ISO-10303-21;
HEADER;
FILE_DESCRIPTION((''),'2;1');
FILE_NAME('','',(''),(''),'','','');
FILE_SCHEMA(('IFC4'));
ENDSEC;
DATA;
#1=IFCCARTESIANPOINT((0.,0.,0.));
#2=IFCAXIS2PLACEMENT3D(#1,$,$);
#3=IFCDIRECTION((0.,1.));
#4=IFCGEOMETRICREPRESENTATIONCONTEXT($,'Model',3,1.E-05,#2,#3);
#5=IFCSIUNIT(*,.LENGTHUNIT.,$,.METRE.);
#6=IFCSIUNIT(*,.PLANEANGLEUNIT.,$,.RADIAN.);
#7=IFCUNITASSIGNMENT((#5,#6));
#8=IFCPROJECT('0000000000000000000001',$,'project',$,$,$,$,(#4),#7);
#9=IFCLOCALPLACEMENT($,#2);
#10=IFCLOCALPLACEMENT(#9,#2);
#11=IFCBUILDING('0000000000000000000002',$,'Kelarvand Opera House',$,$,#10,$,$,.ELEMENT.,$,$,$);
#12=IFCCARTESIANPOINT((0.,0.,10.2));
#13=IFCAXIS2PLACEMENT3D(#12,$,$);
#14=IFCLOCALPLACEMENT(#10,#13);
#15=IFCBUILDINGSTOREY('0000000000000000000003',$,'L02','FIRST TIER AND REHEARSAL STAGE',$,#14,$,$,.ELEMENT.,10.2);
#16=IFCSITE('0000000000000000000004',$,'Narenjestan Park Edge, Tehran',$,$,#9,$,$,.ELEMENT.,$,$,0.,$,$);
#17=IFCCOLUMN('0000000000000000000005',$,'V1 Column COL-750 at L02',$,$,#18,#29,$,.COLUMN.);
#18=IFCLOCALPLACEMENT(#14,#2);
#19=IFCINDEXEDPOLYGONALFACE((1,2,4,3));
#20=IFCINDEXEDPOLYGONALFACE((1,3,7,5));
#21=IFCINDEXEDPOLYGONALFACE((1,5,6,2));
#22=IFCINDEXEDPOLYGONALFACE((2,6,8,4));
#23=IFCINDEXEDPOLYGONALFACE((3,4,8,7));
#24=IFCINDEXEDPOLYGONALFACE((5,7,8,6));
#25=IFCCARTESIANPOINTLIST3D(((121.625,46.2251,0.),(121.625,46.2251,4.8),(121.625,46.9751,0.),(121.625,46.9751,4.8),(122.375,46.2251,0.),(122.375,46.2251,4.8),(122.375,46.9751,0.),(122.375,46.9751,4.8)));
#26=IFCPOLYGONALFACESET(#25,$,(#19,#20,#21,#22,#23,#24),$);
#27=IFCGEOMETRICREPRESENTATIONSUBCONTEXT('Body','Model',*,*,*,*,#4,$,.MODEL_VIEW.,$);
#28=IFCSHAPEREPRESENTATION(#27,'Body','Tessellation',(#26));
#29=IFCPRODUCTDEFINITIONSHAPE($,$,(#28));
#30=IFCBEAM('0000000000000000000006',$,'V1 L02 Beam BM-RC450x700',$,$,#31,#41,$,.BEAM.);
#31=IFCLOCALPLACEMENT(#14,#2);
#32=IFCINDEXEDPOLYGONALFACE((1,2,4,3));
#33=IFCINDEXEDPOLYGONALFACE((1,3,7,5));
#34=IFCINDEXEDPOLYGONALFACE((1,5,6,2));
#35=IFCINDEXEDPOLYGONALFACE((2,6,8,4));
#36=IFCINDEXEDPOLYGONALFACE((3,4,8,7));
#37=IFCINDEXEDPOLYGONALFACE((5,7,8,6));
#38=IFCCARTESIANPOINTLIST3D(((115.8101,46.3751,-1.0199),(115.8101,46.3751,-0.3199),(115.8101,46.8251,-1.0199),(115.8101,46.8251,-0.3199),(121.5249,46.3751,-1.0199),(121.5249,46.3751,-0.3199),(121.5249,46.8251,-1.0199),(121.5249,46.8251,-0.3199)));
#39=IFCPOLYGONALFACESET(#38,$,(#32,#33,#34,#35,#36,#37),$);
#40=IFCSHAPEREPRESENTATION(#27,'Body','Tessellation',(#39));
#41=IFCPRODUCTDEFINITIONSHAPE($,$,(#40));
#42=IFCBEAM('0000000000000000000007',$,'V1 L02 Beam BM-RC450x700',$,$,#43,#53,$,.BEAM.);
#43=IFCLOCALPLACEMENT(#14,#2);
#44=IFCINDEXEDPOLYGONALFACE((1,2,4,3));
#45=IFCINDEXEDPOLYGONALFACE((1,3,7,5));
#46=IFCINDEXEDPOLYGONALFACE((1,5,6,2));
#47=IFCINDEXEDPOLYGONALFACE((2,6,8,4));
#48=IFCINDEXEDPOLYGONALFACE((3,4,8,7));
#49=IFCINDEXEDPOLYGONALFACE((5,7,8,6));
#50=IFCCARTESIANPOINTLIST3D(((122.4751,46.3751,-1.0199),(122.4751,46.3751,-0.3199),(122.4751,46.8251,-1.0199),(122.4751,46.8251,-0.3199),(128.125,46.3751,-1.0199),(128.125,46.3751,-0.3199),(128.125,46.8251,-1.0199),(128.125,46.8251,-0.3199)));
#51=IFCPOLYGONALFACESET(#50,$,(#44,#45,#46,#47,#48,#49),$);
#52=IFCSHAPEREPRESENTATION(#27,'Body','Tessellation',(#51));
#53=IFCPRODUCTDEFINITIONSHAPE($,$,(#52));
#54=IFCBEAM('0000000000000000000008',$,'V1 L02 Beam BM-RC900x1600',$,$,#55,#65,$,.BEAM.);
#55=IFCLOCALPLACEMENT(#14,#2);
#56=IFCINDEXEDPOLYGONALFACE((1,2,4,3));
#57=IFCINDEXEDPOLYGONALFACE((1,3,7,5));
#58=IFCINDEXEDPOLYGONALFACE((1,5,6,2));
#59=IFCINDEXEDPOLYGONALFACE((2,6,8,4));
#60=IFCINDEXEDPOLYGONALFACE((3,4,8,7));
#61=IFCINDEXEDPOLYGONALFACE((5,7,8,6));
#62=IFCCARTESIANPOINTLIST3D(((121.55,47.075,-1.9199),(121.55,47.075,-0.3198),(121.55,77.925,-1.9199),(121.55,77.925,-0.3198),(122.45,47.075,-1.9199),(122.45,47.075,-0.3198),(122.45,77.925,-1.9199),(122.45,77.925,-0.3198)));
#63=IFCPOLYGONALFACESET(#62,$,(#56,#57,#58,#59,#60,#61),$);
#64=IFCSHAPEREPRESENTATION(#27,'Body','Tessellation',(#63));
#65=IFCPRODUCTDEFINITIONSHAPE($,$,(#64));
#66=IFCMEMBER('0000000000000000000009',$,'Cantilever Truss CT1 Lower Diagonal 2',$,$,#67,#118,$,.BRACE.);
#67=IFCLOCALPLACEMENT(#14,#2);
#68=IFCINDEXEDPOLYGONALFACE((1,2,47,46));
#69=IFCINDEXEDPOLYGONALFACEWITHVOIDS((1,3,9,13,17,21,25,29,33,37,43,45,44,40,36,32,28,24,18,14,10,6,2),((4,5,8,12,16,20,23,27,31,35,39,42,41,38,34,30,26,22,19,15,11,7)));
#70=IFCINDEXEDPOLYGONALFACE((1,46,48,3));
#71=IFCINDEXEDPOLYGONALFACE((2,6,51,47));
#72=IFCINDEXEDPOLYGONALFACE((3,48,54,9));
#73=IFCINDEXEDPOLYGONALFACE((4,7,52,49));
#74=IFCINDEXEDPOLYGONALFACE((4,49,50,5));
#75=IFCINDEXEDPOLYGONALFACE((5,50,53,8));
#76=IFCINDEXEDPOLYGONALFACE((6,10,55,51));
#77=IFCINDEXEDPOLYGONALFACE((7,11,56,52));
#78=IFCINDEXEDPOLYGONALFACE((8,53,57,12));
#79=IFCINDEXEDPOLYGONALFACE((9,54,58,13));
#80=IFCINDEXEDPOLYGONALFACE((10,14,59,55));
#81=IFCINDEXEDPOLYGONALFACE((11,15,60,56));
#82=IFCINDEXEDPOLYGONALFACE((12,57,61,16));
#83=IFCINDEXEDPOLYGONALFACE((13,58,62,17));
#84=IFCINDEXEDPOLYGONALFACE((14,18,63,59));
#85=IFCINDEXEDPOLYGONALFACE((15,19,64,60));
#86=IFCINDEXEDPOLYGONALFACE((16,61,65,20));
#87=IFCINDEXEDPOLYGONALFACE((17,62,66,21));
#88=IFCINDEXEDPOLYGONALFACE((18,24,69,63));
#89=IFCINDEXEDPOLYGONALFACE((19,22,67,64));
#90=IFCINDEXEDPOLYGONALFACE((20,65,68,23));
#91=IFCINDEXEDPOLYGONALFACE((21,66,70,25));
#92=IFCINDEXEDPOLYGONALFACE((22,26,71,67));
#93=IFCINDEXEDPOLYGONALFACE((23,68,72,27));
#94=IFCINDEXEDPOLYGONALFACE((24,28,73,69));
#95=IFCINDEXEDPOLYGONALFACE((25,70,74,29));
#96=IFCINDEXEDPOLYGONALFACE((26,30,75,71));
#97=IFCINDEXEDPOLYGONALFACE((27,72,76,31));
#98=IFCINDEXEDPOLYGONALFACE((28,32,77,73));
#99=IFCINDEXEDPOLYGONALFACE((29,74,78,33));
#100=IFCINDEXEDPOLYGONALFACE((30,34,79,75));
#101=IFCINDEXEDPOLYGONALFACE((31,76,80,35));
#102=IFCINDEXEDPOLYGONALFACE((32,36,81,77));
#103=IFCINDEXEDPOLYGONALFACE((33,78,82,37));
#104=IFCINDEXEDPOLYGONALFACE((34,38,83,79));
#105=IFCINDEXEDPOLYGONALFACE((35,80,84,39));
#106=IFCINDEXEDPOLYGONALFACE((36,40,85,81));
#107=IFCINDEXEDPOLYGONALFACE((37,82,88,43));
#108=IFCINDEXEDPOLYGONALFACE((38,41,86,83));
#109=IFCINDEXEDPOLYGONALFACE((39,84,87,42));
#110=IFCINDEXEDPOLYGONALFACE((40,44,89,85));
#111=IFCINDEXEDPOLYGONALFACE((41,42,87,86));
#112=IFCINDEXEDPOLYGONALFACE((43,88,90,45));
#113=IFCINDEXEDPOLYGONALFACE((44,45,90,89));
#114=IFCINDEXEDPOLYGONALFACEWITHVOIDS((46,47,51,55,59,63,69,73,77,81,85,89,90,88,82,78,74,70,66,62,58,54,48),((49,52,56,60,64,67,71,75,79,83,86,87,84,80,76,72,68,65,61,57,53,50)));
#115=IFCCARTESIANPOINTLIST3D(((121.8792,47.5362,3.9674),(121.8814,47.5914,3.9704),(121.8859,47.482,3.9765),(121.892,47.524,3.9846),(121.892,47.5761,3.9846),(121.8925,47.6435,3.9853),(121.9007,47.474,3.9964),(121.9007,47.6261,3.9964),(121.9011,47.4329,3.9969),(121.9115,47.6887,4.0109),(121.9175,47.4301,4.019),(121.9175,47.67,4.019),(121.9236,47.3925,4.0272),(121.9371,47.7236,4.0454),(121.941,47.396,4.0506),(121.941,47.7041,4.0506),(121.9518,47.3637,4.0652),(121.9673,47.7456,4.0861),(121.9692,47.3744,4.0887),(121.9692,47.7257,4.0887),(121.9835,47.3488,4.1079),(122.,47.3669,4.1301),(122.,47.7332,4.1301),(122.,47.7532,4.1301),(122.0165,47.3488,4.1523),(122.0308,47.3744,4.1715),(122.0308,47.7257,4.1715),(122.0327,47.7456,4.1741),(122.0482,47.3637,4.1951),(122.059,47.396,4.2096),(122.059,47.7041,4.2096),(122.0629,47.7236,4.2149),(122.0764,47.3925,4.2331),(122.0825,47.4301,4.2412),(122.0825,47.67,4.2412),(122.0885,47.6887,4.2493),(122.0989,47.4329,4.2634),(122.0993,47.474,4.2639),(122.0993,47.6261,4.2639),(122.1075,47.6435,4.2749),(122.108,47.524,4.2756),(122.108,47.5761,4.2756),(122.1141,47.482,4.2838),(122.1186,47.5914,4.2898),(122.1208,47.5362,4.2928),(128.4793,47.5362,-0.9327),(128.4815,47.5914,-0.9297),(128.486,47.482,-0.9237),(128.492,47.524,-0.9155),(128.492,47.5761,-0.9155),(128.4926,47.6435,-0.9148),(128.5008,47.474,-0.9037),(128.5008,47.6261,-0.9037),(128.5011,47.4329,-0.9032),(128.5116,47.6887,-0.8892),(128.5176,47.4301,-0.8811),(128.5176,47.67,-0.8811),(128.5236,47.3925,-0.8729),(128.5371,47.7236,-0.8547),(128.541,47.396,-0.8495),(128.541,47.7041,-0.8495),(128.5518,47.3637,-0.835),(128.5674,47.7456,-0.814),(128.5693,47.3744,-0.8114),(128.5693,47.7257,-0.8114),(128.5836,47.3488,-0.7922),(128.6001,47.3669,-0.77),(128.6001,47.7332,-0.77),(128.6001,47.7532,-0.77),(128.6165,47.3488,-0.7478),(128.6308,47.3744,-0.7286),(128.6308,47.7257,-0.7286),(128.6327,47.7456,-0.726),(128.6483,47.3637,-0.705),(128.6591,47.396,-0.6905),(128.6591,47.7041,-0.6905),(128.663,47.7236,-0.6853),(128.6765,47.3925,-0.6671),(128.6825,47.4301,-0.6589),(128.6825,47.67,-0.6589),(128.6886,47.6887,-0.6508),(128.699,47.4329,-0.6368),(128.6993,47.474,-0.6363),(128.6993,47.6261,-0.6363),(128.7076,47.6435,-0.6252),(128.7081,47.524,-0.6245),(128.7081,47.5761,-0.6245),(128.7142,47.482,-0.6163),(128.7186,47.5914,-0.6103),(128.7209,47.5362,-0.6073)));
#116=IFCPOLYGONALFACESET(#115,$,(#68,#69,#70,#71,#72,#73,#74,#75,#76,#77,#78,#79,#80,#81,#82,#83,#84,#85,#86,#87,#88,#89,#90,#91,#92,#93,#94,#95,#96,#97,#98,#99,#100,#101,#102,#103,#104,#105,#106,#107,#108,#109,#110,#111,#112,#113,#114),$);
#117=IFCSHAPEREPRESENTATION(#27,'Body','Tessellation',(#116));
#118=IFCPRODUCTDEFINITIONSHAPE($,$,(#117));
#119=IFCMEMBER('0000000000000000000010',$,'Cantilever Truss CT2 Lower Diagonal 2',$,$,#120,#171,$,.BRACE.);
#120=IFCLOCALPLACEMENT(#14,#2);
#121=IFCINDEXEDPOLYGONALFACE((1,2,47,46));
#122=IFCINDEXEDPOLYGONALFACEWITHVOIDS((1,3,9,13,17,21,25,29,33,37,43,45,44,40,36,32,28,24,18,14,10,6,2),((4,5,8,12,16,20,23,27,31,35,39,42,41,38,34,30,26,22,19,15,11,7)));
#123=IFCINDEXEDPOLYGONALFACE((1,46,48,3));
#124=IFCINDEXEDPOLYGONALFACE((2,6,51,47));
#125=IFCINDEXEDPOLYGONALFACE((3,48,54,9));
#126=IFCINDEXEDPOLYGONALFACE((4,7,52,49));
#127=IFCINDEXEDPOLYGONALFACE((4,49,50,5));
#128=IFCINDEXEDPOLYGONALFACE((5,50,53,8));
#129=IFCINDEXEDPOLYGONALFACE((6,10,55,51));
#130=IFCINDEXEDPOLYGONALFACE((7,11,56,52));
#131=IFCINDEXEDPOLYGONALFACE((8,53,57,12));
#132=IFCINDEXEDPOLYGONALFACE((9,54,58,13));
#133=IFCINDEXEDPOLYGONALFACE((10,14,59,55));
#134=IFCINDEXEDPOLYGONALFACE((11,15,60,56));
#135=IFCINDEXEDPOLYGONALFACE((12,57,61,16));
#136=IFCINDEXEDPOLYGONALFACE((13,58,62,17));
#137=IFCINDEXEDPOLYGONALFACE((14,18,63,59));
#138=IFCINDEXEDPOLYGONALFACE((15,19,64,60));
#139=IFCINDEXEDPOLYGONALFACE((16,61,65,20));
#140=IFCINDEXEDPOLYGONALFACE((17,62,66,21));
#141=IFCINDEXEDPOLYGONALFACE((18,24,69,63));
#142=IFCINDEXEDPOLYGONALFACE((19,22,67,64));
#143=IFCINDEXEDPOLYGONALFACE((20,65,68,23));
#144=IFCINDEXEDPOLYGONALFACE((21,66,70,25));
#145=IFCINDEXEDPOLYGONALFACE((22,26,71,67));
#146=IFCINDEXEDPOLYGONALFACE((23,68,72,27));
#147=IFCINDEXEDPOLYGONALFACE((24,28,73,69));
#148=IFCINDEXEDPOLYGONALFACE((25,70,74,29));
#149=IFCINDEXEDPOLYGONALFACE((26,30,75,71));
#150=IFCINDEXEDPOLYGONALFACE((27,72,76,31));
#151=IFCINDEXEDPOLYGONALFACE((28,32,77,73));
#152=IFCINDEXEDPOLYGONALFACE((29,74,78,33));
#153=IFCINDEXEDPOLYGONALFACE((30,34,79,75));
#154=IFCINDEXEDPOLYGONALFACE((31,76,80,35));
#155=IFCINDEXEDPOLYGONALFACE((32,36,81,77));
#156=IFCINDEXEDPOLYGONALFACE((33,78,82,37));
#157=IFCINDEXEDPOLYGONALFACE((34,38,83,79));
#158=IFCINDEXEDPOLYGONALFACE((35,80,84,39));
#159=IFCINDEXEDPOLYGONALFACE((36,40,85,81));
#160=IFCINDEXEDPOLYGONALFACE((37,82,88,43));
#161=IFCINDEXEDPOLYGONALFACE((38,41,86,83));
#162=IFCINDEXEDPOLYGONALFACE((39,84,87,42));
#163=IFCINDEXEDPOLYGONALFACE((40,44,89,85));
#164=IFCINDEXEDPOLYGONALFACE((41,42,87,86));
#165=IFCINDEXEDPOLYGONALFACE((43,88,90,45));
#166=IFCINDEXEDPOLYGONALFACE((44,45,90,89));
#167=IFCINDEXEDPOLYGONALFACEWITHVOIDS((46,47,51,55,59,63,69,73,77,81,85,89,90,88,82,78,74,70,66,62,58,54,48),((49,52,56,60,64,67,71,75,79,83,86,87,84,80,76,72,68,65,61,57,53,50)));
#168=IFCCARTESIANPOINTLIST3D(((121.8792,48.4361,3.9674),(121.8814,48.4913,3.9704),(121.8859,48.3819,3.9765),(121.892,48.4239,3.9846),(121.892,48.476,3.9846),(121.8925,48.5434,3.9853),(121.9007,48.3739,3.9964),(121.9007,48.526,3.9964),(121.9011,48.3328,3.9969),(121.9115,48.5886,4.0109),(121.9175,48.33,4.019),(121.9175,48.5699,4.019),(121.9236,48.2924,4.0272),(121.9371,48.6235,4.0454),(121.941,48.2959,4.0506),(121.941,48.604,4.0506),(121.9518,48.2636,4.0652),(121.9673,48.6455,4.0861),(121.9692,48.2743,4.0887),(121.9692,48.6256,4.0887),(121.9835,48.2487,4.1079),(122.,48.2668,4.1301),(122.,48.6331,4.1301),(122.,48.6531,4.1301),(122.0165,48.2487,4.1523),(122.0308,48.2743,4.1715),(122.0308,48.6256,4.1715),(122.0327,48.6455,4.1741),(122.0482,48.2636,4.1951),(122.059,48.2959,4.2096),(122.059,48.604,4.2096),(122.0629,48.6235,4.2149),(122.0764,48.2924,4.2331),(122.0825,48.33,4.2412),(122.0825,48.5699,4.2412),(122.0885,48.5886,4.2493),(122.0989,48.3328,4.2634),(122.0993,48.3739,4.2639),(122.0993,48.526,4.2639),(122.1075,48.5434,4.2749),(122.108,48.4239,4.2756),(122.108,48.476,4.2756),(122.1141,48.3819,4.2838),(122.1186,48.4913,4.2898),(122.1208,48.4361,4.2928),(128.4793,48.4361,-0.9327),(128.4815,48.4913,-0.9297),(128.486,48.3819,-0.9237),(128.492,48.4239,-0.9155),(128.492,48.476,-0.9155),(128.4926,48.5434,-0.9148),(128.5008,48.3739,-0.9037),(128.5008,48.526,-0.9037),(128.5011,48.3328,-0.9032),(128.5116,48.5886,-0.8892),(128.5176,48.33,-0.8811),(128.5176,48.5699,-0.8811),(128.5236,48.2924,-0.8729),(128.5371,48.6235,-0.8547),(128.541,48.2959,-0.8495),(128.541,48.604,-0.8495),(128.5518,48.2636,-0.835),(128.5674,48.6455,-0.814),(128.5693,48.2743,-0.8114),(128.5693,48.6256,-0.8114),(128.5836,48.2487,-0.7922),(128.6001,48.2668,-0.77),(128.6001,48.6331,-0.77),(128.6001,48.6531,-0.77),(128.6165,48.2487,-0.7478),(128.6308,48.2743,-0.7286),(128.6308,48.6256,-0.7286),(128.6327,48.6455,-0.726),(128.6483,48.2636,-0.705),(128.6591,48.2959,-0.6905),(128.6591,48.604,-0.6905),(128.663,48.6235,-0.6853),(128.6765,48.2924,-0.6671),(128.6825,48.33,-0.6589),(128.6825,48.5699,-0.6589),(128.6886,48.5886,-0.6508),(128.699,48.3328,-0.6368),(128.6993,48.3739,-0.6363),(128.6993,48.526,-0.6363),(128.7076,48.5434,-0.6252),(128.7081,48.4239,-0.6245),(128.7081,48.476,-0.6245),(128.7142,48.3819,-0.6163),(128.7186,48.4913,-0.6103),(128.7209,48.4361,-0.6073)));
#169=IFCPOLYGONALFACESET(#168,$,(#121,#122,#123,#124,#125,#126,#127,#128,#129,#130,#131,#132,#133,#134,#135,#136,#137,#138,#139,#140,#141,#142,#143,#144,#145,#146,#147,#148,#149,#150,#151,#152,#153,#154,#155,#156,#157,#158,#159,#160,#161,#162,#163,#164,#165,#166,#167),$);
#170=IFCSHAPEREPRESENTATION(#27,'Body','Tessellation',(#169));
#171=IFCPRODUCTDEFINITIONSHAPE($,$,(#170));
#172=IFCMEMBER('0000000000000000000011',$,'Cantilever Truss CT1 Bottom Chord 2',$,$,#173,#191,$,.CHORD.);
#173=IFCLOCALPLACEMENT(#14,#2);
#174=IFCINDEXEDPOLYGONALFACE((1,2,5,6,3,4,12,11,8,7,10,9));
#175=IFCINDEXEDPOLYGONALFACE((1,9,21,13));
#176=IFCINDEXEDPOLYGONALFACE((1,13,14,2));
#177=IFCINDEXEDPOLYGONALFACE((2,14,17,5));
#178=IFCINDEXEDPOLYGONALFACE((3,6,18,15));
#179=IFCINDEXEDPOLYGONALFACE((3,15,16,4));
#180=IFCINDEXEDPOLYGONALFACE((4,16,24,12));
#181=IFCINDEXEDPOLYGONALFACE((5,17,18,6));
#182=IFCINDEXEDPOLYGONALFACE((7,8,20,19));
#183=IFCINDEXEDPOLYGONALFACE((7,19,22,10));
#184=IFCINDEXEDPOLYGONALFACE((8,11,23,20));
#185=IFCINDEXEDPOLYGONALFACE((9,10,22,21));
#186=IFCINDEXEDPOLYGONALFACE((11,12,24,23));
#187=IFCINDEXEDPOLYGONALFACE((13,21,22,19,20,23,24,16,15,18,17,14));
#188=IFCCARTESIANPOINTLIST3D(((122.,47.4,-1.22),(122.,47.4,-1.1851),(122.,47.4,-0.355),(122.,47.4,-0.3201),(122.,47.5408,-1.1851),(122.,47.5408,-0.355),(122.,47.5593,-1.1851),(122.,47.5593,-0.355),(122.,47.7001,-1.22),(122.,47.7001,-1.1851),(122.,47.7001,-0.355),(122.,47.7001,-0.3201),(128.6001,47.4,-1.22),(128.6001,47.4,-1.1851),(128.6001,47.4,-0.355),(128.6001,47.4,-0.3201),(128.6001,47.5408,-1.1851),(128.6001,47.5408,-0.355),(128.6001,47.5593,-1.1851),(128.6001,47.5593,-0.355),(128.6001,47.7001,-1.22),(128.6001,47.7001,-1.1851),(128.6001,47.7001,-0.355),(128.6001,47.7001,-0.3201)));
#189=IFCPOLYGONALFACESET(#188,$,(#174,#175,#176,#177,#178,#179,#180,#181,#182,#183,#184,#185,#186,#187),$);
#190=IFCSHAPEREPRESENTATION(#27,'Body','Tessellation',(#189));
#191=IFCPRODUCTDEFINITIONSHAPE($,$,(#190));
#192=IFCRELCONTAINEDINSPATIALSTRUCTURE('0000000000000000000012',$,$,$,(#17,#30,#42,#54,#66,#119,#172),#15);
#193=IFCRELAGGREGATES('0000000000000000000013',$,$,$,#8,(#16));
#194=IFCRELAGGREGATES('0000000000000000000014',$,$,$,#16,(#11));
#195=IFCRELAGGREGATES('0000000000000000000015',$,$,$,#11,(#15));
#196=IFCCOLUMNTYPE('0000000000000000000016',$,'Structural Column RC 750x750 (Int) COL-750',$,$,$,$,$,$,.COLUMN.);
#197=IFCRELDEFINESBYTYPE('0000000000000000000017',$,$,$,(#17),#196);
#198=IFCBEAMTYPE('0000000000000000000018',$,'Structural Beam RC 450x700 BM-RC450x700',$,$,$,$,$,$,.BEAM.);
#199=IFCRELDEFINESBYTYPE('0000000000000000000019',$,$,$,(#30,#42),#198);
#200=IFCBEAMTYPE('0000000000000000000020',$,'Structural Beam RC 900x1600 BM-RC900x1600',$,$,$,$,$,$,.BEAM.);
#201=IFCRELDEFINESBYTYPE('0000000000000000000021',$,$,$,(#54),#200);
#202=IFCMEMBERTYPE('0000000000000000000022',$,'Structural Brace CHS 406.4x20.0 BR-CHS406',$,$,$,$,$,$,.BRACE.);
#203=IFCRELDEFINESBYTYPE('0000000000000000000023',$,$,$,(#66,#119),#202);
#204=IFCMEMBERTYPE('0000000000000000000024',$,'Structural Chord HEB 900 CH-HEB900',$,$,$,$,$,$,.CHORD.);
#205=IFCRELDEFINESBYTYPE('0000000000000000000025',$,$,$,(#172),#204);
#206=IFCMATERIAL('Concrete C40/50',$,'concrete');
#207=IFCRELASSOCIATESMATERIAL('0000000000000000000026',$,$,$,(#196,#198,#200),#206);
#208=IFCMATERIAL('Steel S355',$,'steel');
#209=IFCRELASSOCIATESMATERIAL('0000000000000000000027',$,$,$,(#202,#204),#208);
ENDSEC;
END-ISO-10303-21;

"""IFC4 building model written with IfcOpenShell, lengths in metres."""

from ifc_helpers import new_model, si_unit, direction, frame, origin, origin_2d, place, context, subcontext, project, spatial, rectangle, hollow_circle, i_section, extrude, material, material_profile, profile_set, type_object, element, save


model = new_model("IFC4")

# Units and contexts
model_context = context("Model", 3, precision=1e-05, world=origin(), true_north=direction((0.0, 1.0)))
body_context = subcontext(model_context, "Body", "Model", "MODEL_VIEW")
ifc_project = project(units=[si_unit("LENGTHUNIT", "METRE"), si_unit("PLANEANGLEUNIT", "RADIAN")], contexts=[model_context])

# Site, building, storey
site_placement = place(None, origin())
site = spatial("IfcSite", under=ifc_project, at=site_placement, Name="Narenjestan Park Edge, Tehran", CompositionType="ELEMENT", RefElevation=0.0)
building_placement = place(site_placement, origin())
building = spatial("IfcBuilding", under=site, at=building_placement, Name="Kelarvand Opera House", CompositionType="ELEMENT")
storey_placement = place(building_placement, frame((0.0, 0.0, 10.2)))
storey = spatial("IfcBuildingStorey", under=building, at=storey_placement, Name="L02", Description="FIRST TIER AND REHEARSAL STAGE", CompositionType="ELEMENT", Elevation=10.2)

# Column
ifc_material_1 = material(Name="Concrete C40/50", Category="concrete")
ifc_material_profile_1 = material_profile(ifc_material_1, rectangle(XDim=0.75, YDim=0.75, at=origin_2d()), Name="RC 750x750", Category="concrete")
ifc_profile_set_1 = profile_set([ifc_material_profile_1], Name="Concrete C40/50")
column_type = type_object("IfcColumnType", Name="Structural Column RC 750x750 (Int) COL-750", PredefinedType="COLUMN", material=ifc_profile_set_1)
column_placement = place(storey_placement, frame((122.0, 46.6001, 0.0), z_axis=(0.0, 0.0, 1.0), x_axis=(1.0, 0.0, 0.0)))
element("IfcColumn", 1, at=column_placement, inside=storey, type_object=column_type, Name="V1 Column COL-750 at L02", PredefinedType="COLUMN", context=body_context, shape_type="SweptSolid", body=[
    extrude(rectangle(XDim=0.75, YDim=0.75, at=origin_2d()), origin(), (0.0, 0.0, 1.0), 4.8),
])

# Beams
ifc_material_profile_2 = material_profile(ifc_material_1, rectangle(XDim=0.45, YDim=0.7, at=origin_2d()), Name="RC 450x700", Category="concrete")
ifc_profile_set_2 = profile_set([ifc_material_profile_2], Name="Concrete C40/50")
beam_type_1 = type_object("IfcBeamType", Name="Structural Beam RC 450x700 BM-RC450x700", PredefinedType="BEAM", material=ifc_profile_set_2)
beam_1_placement = place(storey_placement, frame((115.8101, 46.6001, -0.6699), z_axis=(1.0, 0.0, 0.0), x_axis=(0.0, 1.0, 0.0)))
element("IfcBeam", 2, at=beam_1_placement, inside=storey, type_object=beam_type_1, Name="V1 L02 Beam BM-RC450x700", PredefinedType="BEAM", context=body_context, shape_type="SweptSolid", body=[
    extrude(rectangle(XDim=0.45, YDim=0.7, at=origin_2d()), origin(), (0.0, 0.0, 1.0), 5.7148),
])
beam_2_placement = place(storey_placement, frame((122.4751, 46.6001, -0.6699), z_axis=(1.0, 0.0, 0.0), x_axis=(0.0, 1.0, 0.0)))
element("IfcBeam", 3, at=beam_2_placement, inside=storey, type_object=beam_type_1, Name="V1 L02 Beam BM-RC450x700", PredefinedType="BEAM", context=body_context, shape_type="SweptSolid", body=[
    extrude(rectangle(XDim=0.45, YDim=0.7, at=origin_2d()), origin(), (0.0, 0.0, 1.0), 5.6499),
])
ifc_material_profile_3 = material_profile(ifc_material_1, rectangle(XDim=0.8999, YDim=1.6001, at=origin_2d()), Name="RC 900x1600", Category="concrete")
ifc_profile_set_3 = profile_set([ifc_material_profile_3], Name="Concrete C40/50")
beam_type_2 = type_object("IfcBeamType", Name="Structural Beam RC 900x1600 BM-RC900x1600", PredefinedType="BEAM", material=ifc_profile_set_3)
beam_3_placement = place(storey_placement, frame((122.0, 47.075, -1.1199), z_axis=(0.0, 1.0, 0.0), x_axis=(-1.0, 0.0, 0.0)))
element("IfcBeam", 4, at=beam_3_placement, inside=storey, type_object=beam_type_2, Name="V1 L02 Beam BM-RC900x1600", PredefinedType="BEAM", context=body_context, shape_type="SweptSolid", body=[
    extrude(rectangle(XDim=0.8999, YDim=1.6001, at=origin_2d()), origin(), (0.0, 0.0, 1.0), 30.8501),
])

# Members
ifc_material_2 = material(Name="Steel S355", Category="steel")
ifc_material_profile_4 = material_profile(ifc_material_2, hollow_circle(Radius=0.2031, WallThickness=0.02, at=origin_2d()), Name="CHS 406.4x20.0", Category="steel")
ifc_profile_set_4 = profile_set([ifc_material_profile_4], Name="Steel S355")
member_type_1 = type_object("IfcMemberType", Name="Structural Brace CHS 406.4x20.0 BR-CHS406", PredefinedType="BRACE", material=ifc_profile_set_4)
for number, where, z_axis, x_axis, name in (
    (5, (122.0, 47.55, 4.1301), (0.802906, 0.0, -0.596106), (0.0, 1.0, 0.0), "Cantilever Truss CT1 Lower Diagonal 2"),
    (6, (122.0, 48.45, 4.1301), (0.802906, 0.0, -0.596106), (0.0, 1.0, 0.0), "Cantilever Truss CT2 Lower Diagonal 2"),
):
    element("IfcMember", number, at=place(storey_placement, frame(where, z_axis=z_axis, x_axis=x_axis)), inside=storey, type_object=member_type_1, Name=name, PredefinedType="BRACE", context=body_context, shape_type="SweptSolid", body=[
        extrude(hollow_circle(Radius=0.2031, WallThickness=0.02, at=origin_2d()), origin(), (0.0, 0.0, 1.0), 8.2202),
    ])
ifc_material_profile_5 = material_profile(ifc_material_2, i_section(OverallWidth=0.3, OverallDepth=0.8999, WebThickness=0.0186, FlangeThickness=0.0349, at=origin_2d()), Name="HEB 900", Category="steel")
ifc_profile_set_5 = profile_set([ifc_material_profile_5], Name="Steel S355")
member_type_2 = type_object("IfcMemberType", Name="Structural Chord HEB 900 CH-HEB900", PredefinedType="CHORD", material=ifc_profile_set_5)
for number, where, z_axis, x_axis, name in (
    (7, (122.0, 47.55, -0.77), (1.0, 0.0, 0.0), (0.0, 1.0, 0.0), "Cantilever Truss CT1 Bottom Chord 2"),
):
    element("IfcMember", number, at=place(storey_placement, frame(where, z_axis=z_axis, x_axis=x_axis)), inside=storey, type_object=member_type_2, Name=name, PredefinedType="CHORD", context=body_context, shape_type="SweptSolid", body=[
        extrude(i_section(OverallWidth=0.3, OverallDepth=0.8999, WebThickness=0.0186, FlangeThickness=0.0349, at=origin_2d()), origin(), (0.0, 0.0, 1.0), 6.6001),
    ])

save(model, "model.ifc")
